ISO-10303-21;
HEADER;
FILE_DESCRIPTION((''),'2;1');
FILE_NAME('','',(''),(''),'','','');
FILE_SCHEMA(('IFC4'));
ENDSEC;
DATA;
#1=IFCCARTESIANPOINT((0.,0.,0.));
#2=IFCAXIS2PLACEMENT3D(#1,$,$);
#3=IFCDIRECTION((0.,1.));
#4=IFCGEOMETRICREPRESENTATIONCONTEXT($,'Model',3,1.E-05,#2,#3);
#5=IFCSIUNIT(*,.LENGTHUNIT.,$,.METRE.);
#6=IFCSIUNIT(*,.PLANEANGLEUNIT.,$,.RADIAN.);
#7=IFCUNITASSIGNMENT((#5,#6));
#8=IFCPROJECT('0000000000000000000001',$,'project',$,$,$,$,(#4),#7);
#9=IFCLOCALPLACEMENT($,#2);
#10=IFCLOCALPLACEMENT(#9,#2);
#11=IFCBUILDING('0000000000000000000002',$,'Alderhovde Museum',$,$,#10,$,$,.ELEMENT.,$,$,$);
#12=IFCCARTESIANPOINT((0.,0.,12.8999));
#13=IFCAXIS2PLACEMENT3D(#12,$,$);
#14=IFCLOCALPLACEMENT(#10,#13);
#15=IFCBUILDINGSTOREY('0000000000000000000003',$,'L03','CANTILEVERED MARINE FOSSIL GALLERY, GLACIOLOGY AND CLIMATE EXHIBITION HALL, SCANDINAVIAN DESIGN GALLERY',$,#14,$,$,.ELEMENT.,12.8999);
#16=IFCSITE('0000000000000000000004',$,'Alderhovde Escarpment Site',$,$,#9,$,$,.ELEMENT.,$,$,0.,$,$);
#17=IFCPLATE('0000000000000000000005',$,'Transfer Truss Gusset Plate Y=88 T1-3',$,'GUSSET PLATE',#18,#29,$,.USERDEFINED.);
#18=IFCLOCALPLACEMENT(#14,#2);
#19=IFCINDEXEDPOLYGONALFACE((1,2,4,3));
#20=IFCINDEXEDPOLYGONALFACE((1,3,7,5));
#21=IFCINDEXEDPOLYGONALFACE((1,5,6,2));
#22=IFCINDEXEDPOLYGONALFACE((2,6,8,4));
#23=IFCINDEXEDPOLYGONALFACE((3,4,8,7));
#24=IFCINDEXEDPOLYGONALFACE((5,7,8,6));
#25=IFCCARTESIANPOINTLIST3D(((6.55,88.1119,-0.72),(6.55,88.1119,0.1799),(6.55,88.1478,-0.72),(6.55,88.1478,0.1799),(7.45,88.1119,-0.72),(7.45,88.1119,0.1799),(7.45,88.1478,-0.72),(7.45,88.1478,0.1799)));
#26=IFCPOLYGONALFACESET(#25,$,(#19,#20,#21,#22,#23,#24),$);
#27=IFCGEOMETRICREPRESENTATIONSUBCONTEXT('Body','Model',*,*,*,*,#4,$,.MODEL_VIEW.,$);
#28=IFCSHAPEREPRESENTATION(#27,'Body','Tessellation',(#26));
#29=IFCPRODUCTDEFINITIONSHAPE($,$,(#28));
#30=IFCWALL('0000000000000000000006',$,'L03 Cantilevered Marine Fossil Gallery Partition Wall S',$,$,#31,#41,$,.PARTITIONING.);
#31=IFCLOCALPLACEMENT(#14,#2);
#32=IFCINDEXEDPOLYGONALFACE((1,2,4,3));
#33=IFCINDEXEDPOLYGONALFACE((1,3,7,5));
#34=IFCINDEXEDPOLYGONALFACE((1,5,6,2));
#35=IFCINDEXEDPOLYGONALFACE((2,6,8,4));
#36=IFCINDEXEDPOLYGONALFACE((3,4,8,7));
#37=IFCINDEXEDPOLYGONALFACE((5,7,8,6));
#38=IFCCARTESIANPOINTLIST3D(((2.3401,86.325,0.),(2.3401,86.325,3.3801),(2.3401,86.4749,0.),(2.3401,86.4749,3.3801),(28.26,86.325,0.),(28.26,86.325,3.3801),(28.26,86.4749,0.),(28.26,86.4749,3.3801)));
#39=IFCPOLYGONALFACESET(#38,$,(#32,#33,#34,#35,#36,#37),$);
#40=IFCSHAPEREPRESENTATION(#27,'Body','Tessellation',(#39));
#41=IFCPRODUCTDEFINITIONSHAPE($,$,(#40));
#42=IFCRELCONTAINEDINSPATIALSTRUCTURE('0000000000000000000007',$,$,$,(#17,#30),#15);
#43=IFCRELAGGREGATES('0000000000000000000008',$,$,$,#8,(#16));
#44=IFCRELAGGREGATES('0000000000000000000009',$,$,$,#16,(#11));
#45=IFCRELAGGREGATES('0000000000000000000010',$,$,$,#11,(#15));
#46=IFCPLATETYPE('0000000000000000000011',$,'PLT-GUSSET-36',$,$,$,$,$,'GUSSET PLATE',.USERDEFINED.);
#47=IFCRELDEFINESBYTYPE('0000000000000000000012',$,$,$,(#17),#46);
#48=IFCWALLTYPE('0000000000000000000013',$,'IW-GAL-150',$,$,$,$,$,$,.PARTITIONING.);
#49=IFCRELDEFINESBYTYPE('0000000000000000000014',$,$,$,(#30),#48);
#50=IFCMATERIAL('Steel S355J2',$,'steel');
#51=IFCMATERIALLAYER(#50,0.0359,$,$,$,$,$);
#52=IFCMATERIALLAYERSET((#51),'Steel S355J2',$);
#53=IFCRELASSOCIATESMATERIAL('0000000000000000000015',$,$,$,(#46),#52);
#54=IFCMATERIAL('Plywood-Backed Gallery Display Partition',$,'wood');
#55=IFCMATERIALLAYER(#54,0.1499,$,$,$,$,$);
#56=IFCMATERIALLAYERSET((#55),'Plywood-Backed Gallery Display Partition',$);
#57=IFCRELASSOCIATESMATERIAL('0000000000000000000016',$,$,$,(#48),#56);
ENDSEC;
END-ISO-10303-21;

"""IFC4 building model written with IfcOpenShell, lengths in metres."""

from ifc_helpers import new_model, si_unit, direction, frame, frame_2d, origin, origin_2d, place, context, subcontext, project, spatial, rectangle, extrude, material, layer, layer_set, type_object, element, save


model = new_model("IFC4")

# Units and contexts
model_context = context("Model", 3, precision=1e-05, world=origin(), true_north=direction((0.0, 1.0)))
body_context = subcontext(model_context, "Body", "Model", "MODEL_VIEW")
ifc_project = project(units=[si_unit("LENGTHUNIT", "METRE"), si_unit("PLANEANGLEUNIT", "RADIAN")], contexts=[model_context])

# Site, building, storey
site_placement = place(None, origin())
site = spatial("IfcSite", under=ifc_project, at=site_placement, Name="Alderhovde Escarpment Site", CompositionType="ELEMENT", RefElevation=0.0)
building_placement = place(site_placement, origin())
building = spatial("IfcBuilding", under=site, at=building_placement, Name="Alderhovde Museum", CompositionType="ELEMENT")
storey_placement = place(building_placement, frame((0.0, 0.0, 12.8999)))
storey = spatial("IfcBuildingStorey", under=building, at=storey_placement, Name="L03", Description="CANTILEVERED MARINE FOSSIL GALLERY, GLACIOLOGY AND CLIMATE EXHIBITION HALL, SCANDINAVIAN DESIGN GALLERY", CompositionType="ELEMENT", Elevation=12.8999)

# Plate
ifc_material_1 = material(Name="Steel S355J2", Category="steel")
ifc_layer_1 = layer(ifc_material_1, 0.0359)
ifc_layer_set_1 = layer_set([ifc_layer_1], Name="Steel S355J2")
plate_type_1 = type_object("IfcPlateType", Name="PLT-GUSSET-36", ElementType="GUSSET PLATE", PredefinedType="USERDEFINED", material=ifc_layer_set_1)
for number, where, z_axis, x_axis, name in (
    (1, (7.0, 88.1299, -0.72), (0.0, 0.0, 1.0), (1.0, 0.0, 0.0), "Transfer Truss Gusset Plate Y=88 T1-3"),
):
    element("IfcPlate", number, at=place(storey_placement, frame(where, z_axis=z_axis, x_axis=x_axis)), inside=storey, type_object=plate_type_1, Name=name, ObjectType="GUSSET PLATE", PredefinedType="USERDEFINED", context=body_context, shape_type="SweptSolid", body=[
        extrude(rectangle(XDim=0.8999, YDim=0.0359, at=origin_2d()), origin(), (0.0, 0.0, 1.0), 0.8999),
    ])

# Wall
ifc_material_2 = material(Name="Plywood-Backed Gallery Display Partition", Category="wood")
ifc_layer_2 = layer(ifc_material_2, 0.1499)
ifc_layer_set_2 = layer_set([ifc_layer_2], Name="Plywood-Backed Gallery Display Partition")
wall_type = type_object("IfcWallType", Name="IW-GAL-150", PredefinedType="PARTITIONING", material=ifc_layer_set_2)
wall_placement = place(storey_placement, frame((2.3401, 86.3999, 0.0), z_axis=(0.0, 0.0, 1.0), x_axis=(1.0, 0.0, 0.0)))
element("IfcWall", 2, at=wall_placement, inside=storey, type_object=wall_type, Name="L03 Cantilevered Marine Fossil Gallery Partition Wall S", PredefinedType="PARTITIONING", context=body_context, shape_type="SweptSolid", body=[
    extrude(rectangle(XDim=25.9199, YDim=0.1499, at=frame_2d((12.96, 0.0))), origin(), (0.0, 0.0, 1.0), 3.3801),
])

save(model, "model.ifc")
